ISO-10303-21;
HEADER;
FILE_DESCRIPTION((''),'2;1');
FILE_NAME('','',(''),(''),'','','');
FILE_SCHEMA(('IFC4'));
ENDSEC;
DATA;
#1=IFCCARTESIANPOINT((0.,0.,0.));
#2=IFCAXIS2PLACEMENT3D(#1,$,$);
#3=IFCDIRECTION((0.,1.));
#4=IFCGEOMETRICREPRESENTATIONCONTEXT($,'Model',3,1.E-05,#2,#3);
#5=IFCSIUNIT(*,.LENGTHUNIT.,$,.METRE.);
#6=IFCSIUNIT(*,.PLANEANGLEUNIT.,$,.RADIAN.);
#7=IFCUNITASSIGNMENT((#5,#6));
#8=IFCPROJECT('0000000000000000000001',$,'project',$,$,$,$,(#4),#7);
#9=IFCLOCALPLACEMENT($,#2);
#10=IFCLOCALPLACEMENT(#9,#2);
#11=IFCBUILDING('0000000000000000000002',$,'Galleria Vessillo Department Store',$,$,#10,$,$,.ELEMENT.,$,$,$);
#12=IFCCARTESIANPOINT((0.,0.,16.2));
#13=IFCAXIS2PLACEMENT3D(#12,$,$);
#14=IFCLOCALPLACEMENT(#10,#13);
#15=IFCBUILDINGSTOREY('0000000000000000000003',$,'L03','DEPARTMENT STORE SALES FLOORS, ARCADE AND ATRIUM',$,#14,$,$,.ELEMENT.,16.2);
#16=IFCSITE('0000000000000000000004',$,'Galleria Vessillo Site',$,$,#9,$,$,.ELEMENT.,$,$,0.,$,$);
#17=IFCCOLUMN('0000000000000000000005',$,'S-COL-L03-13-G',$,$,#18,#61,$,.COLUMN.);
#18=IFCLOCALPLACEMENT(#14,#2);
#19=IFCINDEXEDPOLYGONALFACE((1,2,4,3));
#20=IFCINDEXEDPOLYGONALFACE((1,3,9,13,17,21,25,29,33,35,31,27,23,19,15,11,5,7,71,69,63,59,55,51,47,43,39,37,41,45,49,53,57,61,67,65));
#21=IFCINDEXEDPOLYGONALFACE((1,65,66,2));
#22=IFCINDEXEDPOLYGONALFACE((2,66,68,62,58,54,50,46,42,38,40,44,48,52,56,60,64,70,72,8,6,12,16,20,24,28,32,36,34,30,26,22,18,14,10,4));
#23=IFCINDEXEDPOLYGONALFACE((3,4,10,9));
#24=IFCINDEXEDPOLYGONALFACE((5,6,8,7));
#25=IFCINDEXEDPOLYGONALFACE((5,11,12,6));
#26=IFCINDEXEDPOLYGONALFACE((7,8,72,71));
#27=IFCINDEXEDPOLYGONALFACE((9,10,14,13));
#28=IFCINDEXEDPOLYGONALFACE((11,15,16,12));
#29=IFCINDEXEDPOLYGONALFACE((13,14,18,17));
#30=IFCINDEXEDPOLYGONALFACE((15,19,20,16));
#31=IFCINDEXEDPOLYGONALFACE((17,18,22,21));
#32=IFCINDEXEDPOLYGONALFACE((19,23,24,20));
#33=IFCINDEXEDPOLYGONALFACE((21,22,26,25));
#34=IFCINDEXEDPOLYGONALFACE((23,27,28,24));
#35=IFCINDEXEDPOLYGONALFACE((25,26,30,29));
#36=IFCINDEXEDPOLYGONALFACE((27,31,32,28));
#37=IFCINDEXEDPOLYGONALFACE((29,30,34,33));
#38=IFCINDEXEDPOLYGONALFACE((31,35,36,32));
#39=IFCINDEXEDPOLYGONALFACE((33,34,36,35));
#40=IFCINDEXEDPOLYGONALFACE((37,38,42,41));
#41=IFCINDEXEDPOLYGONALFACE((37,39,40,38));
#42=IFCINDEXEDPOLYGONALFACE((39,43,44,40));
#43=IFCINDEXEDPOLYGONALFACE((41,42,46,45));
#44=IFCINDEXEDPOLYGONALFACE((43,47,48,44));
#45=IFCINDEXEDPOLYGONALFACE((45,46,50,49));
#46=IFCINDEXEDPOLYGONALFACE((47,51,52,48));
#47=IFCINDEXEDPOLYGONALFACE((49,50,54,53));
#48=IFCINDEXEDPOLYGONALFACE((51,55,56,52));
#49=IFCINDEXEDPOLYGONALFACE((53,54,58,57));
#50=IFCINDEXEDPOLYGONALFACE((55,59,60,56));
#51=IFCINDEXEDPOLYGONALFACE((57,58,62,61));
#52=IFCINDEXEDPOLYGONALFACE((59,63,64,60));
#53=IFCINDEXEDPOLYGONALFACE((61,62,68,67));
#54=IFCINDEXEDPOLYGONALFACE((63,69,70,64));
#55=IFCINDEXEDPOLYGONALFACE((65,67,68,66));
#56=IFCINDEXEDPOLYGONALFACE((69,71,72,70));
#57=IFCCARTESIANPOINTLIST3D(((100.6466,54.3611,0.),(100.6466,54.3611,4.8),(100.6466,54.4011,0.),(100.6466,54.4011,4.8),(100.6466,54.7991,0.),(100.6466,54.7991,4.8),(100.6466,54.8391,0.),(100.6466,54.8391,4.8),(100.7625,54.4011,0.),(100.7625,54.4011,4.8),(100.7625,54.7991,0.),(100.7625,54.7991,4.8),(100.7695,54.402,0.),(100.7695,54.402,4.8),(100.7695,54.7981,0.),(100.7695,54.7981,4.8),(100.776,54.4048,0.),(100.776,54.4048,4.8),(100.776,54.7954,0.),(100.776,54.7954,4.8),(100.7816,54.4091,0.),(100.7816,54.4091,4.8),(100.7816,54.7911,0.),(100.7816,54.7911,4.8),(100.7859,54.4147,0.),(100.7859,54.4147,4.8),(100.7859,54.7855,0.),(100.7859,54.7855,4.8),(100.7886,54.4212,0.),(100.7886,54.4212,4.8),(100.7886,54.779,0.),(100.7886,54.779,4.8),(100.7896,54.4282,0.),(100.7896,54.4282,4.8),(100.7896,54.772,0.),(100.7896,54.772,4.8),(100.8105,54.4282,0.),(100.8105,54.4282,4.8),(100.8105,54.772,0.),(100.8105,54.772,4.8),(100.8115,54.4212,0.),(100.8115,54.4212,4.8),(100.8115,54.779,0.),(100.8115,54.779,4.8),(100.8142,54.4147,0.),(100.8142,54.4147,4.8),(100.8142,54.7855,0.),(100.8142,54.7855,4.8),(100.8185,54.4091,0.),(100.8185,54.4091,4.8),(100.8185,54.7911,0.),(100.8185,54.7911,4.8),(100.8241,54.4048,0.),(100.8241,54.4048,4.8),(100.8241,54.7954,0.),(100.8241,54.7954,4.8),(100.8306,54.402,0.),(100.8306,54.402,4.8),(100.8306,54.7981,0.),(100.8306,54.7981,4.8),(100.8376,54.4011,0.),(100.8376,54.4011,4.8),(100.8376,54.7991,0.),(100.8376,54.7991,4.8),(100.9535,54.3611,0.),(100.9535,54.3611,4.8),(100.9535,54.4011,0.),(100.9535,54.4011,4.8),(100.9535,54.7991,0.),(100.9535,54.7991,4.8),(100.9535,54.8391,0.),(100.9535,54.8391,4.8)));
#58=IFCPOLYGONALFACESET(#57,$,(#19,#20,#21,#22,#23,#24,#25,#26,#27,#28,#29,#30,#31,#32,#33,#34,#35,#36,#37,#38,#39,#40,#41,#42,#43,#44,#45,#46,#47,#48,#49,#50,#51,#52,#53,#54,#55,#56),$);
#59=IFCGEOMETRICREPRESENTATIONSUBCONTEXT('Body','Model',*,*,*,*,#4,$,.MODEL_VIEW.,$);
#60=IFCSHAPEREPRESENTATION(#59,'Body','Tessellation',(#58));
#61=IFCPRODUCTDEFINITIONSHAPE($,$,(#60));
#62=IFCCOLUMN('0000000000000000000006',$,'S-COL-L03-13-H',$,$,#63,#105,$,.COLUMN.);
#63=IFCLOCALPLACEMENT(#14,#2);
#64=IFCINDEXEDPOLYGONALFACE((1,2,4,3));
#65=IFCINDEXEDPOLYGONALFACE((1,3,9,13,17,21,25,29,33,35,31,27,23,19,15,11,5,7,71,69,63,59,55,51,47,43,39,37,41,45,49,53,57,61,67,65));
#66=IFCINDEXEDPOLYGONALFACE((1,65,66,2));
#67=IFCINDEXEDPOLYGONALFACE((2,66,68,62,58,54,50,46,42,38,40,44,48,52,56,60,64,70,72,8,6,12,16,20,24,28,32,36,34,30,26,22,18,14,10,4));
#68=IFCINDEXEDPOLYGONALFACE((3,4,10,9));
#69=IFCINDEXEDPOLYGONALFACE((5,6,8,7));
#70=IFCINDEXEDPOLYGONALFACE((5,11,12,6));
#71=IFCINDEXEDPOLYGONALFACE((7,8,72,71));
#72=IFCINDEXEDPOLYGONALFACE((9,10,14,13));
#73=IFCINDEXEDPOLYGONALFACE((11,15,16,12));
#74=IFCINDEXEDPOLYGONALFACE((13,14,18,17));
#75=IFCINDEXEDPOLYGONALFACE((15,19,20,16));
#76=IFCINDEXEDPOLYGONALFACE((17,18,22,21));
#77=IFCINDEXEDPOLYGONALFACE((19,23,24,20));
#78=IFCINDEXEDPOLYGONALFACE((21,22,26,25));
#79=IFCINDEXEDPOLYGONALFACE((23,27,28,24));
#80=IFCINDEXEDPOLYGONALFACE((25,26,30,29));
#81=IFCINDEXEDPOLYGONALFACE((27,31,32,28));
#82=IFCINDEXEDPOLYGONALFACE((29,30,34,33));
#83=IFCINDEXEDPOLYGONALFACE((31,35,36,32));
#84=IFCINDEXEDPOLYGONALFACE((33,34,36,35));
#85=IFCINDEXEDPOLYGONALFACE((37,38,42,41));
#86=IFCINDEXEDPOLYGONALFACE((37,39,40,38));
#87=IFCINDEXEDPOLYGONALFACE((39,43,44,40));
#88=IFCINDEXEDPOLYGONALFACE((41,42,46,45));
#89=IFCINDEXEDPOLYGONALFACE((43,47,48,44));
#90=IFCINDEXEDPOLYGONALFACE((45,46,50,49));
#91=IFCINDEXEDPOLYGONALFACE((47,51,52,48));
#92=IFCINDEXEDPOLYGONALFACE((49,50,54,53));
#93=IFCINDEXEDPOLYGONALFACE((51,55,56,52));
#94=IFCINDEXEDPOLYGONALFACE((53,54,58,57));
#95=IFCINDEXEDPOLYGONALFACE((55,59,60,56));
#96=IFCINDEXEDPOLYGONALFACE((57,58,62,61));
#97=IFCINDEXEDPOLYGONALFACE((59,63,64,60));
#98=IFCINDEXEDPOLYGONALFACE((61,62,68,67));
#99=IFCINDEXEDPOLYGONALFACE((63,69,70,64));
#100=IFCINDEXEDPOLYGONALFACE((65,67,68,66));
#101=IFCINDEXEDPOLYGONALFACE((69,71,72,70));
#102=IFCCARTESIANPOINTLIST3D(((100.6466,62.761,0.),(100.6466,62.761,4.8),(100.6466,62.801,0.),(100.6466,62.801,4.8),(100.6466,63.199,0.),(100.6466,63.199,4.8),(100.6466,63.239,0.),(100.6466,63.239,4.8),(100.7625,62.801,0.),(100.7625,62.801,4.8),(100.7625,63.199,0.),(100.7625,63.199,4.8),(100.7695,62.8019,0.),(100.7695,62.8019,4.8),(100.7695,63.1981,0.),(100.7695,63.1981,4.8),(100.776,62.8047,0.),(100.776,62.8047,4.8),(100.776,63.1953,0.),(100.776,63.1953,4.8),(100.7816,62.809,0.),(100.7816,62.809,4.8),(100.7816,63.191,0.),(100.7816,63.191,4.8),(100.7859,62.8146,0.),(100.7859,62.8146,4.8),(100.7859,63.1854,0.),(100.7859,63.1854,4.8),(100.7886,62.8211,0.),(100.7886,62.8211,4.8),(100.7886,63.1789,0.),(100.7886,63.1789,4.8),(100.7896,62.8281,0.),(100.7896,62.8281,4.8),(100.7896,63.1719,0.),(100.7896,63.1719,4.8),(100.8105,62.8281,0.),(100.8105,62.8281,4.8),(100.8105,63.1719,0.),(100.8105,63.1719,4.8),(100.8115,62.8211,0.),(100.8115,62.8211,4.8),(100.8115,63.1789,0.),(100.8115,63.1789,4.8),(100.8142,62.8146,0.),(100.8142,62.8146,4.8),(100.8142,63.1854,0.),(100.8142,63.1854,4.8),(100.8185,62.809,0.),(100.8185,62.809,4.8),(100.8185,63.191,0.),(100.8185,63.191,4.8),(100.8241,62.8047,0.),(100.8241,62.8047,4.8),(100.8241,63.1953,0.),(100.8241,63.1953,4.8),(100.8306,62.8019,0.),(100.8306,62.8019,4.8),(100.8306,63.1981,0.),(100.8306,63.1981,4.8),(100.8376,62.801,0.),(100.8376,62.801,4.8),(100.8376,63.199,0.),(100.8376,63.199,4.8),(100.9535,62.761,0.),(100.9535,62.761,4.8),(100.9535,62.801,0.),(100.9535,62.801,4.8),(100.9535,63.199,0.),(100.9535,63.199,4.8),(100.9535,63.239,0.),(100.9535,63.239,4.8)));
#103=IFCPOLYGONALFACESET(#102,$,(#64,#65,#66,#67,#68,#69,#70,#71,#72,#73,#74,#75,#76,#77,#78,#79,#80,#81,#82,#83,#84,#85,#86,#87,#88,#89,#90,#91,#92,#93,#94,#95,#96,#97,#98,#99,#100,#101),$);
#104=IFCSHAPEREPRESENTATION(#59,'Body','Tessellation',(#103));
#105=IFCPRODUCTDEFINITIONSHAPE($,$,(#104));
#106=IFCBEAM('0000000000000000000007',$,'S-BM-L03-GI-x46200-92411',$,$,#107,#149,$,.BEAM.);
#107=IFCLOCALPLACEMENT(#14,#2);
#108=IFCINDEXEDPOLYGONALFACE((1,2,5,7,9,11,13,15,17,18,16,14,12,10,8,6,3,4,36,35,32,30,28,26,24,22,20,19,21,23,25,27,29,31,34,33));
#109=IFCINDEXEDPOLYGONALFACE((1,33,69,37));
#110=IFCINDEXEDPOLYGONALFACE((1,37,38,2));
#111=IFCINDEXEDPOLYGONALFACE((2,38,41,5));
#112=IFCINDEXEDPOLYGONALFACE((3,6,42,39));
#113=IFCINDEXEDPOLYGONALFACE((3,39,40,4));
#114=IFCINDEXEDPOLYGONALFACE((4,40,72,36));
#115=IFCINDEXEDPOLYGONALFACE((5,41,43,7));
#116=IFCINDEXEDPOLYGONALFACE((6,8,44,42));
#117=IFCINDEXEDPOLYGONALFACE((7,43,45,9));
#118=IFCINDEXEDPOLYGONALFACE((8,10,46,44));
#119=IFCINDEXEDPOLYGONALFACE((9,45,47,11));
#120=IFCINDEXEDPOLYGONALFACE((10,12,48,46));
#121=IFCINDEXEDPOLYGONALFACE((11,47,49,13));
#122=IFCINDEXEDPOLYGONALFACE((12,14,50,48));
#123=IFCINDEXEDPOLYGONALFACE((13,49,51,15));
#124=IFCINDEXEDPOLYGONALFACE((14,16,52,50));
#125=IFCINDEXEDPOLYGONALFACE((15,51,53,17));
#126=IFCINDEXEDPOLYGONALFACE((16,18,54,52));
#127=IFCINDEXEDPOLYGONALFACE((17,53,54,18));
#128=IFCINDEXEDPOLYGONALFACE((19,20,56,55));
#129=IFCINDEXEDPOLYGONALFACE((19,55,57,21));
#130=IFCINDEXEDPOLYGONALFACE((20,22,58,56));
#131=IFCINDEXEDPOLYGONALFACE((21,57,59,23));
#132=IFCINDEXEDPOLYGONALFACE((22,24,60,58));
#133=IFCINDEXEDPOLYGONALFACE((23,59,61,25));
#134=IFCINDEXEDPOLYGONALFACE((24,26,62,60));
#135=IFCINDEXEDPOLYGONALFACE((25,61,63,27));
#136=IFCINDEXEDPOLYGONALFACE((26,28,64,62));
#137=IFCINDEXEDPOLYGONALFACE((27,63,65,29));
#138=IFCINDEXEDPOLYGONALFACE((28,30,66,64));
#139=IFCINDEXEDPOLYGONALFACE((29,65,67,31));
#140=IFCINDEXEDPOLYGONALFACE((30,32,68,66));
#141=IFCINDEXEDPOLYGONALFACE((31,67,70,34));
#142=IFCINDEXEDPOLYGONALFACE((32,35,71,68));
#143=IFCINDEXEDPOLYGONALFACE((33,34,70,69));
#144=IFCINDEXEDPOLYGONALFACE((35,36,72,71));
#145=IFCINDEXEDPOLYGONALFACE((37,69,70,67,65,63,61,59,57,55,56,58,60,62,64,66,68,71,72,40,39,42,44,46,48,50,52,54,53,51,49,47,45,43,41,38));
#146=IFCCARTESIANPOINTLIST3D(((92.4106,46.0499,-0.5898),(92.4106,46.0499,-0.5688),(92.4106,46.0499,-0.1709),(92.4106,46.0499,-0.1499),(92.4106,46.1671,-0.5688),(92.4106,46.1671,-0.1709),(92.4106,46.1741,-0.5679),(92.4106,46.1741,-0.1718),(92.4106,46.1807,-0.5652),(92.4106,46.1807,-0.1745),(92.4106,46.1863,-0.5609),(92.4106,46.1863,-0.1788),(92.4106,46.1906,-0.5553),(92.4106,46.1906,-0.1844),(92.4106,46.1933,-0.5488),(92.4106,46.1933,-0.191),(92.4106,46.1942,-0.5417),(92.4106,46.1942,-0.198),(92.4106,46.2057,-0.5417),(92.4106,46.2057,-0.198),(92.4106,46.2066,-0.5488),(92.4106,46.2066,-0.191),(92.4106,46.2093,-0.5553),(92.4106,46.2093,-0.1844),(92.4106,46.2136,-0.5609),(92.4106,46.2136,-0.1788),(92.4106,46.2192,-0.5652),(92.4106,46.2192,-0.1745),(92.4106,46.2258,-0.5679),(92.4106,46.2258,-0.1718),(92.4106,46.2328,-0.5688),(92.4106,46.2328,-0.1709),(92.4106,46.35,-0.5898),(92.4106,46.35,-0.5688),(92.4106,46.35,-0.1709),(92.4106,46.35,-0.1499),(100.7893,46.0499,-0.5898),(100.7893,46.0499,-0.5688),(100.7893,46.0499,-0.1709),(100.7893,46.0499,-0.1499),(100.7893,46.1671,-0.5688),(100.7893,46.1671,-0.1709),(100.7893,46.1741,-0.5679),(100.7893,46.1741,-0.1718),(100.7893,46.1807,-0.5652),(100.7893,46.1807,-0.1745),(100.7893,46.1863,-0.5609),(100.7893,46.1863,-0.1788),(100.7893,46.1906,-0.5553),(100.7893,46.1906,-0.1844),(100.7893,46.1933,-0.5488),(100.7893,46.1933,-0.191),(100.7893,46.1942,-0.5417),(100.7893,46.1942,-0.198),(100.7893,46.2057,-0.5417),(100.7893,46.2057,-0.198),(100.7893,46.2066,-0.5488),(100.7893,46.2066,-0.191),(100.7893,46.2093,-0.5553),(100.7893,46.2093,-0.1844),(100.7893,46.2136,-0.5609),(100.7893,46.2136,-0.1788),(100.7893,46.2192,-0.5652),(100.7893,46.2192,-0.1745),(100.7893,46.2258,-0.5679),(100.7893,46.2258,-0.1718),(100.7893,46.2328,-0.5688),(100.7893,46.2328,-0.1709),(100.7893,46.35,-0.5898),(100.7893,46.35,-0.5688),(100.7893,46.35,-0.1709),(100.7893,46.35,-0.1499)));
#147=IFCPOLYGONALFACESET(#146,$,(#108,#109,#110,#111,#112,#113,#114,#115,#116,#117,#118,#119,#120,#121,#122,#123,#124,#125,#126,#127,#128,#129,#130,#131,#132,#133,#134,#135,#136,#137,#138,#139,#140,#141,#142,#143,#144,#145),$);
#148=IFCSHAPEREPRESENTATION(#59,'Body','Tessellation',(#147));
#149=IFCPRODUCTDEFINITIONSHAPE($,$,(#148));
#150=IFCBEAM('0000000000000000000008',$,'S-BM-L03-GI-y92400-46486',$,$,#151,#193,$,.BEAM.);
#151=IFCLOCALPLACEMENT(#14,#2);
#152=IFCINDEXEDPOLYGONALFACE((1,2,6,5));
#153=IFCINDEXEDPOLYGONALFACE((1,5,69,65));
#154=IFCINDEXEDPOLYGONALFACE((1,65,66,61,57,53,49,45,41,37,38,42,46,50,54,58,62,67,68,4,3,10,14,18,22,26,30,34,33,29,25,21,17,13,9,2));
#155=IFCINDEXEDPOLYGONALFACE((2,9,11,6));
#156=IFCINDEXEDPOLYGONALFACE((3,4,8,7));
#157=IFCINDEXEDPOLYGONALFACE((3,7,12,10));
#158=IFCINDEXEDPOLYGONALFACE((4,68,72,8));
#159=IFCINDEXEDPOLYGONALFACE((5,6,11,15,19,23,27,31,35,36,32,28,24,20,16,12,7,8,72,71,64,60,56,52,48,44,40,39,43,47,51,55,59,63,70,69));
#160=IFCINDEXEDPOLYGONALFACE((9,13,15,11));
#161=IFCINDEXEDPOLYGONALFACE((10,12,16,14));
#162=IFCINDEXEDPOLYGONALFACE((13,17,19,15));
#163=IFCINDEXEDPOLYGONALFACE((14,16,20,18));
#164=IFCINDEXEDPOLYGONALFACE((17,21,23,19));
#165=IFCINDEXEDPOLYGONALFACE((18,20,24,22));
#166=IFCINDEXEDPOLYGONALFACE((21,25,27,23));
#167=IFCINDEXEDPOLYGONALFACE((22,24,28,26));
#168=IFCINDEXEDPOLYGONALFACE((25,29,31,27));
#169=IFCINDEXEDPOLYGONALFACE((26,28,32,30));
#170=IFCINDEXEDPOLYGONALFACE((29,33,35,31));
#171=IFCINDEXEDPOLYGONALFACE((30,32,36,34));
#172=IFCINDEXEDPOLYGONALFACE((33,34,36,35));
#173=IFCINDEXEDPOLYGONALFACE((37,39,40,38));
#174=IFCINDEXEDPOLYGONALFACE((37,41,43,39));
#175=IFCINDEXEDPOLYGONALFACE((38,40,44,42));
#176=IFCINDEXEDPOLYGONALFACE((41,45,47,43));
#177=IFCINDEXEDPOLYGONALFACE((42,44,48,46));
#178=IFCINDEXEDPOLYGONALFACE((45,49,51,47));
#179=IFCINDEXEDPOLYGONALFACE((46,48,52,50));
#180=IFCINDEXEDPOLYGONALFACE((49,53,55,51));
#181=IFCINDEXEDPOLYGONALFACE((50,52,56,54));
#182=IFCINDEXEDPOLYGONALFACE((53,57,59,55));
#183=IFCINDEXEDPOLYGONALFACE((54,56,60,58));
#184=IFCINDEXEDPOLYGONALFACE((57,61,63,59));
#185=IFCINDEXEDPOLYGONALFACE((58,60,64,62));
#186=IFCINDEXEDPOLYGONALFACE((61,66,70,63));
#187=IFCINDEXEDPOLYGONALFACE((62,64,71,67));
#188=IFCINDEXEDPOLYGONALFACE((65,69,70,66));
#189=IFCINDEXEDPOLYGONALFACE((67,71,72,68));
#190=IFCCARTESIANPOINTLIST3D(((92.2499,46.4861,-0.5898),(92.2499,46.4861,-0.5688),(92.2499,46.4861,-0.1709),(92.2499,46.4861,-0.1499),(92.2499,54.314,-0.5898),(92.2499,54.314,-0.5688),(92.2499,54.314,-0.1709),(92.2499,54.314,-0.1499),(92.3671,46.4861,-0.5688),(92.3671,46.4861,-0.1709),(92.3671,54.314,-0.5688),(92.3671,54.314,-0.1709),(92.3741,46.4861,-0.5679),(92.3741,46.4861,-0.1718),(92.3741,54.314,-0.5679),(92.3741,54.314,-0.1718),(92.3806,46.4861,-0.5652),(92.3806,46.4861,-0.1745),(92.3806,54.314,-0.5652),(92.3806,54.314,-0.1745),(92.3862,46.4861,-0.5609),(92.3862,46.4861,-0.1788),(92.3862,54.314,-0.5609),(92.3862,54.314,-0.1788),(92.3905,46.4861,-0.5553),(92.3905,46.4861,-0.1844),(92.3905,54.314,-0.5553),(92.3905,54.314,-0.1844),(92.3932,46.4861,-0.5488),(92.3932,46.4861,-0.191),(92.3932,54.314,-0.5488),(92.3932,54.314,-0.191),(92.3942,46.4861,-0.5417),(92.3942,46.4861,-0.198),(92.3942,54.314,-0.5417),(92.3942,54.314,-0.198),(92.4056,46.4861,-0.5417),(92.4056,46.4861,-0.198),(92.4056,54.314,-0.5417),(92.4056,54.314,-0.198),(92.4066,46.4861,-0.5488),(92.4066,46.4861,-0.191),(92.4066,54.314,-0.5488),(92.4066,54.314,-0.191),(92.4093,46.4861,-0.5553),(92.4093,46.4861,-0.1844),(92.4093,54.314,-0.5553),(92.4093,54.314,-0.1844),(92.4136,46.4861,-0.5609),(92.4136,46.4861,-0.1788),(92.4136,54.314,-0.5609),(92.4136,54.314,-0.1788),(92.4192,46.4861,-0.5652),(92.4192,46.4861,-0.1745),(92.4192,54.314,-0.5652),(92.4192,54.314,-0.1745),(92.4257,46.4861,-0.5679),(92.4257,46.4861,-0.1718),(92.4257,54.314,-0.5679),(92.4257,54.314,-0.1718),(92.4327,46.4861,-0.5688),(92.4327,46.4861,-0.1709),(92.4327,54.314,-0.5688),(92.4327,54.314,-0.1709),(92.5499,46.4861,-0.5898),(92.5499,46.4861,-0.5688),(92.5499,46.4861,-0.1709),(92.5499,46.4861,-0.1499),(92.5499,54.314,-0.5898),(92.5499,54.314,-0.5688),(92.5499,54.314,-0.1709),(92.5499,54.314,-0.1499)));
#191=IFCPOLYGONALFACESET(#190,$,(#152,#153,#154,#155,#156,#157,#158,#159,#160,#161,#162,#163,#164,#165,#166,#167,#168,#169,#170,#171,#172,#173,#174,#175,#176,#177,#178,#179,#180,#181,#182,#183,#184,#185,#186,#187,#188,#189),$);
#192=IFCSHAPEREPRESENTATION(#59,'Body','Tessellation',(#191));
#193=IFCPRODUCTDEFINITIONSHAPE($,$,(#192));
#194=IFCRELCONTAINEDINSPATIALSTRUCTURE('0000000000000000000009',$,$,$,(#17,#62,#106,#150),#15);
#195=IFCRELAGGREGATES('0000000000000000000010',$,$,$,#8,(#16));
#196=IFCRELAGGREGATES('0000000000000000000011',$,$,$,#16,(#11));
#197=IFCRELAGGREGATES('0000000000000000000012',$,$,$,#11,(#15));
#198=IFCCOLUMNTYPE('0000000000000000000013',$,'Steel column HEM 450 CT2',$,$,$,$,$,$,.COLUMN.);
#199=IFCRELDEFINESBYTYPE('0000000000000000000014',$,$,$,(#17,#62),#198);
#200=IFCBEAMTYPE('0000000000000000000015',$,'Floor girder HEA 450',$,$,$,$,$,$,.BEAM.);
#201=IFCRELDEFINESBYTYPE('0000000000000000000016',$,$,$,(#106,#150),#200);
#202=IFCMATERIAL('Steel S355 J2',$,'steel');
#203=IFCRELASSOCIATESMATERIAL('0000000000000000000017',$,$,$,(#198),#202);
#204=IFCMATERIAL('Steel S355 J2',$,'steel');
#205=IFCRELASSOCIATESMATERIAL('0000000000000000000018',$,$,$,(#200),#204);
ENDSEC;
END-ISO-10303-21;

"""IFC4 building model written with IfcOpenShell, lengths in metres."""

from ifc_helpers import new_model, si_unit, direction, frame, origin, origin_2d, place, context, subcontext, project, spatial, i_section, extrude, material, material_profile, profile_set, type_object, element, save


model = new_model("IFC4")

# Units and contexts
model_context = context("Model", 3, precision=1e-05, world=origin(), true_north=direction((0.0, 1.0)))
body_context = subcontext(model_context, "Body", "Model", "MODEL_VIEW")
ifc_project = project(units=[si_unit("LENGTHUNIT", "METRE"), si_unit("PLANEANGLEUNIT", "RADIAN")], contexts=[model_context])

# Site, building, storey
site_placement = place(None, origin())
site = spatial("IfcSite", under=ifc_project, at=site_placement, Name="Galleria Vessillo Site", CompositionType="ELEMENT", RefElevation=0.0)
building_placement = place(site_placement, origin())
building = spatial("IfcBuilding", under=site, at=building_placement, Name="Galleria Vessillo Department Store", CompositionType="ELEMENT")
storey_placement = place(building_placement, frame((0.0, 0.0, 16.2)))
storey = spatial("IfcBuildingStorey", under=building, at=storey_placement, Name="L03", Description="DEPARTMENT STORE SALES FLOORS, ARCADE AND ATRIUM", CompositionType="ELEMENT", Elevation=16.2)

# Columns
ifc_material_1 = material(Name="Steel S355 J2", Category="steel")
ifc_material_profile_1 = material_profile(ifc_material_1, i_section(OverallWidth=0.3069, OverallDepth=0.478, WebThickness=0.021, FlangeThickness=0.04, FilletRadius=0.0271, at=origin_2d()), Name="HEM 450")
ifc_profile_set_1 = profile_set([ifc_material_profile_1], Name="Steel S355 J2")
column_type = type_object("IfcColumnType", Name="Steel column HEM 450 CT2", PredefinedType="COLUMN", material=ifc_profile_set_1)
for number, where, z_axis, x_axis, name in (
    (1, (100.8, 54.6001, 0.0), (0.0, 0.0, 1.0), (1.0, 0.0, 0.0), "S-COL-L03-13-G"),
    (2, (100.8, 63.0, 0.0), (0.0, 0.0, 1.0), (1.0, 0.0, 0.0), "S-COL-L03-13-H"),
):
    element("IfcColumn", number, at=place(storey_placement, frame(where, z_axis=z_axis, x_axis=x_axis)), inside=storey, type_object=column_type, Name=name, PredefinedType="COLUMN", context=body_context, shape_type="SweptSolid", body=[
        extrude(i_section(OverallWidth=0.3069, OverallDepth=0.478, WebThickness=0.021, FlangeThickness=0.04, FilletRadius=0.0271, at=origin_2d()), origin(), (0.0, 0.0, 1.0), 4.8),
    ])

# Beams
ifc_material_2 = material(Name="Steel S355 J2", Category="steel")
ifc_material_profile_2 = material_profile(ifc_material_2, i_section(OverallWidth=0.3, OverallDepth=0.4399, WebThickness=0.0115, FlangeThickness=0.021, FilletRadius=0.0271, at=origin_2d()), Name="HEA 450")
ifc_profile_set_2 = profile_set([ifc_material_profile_2], Name="Steel S355 J2")
beam_type_1 = type_object("IfcBeamType", Name="Floor girder HEA 450", PredefinedType="BEAM", material=ifc_profile_set_2)
beam_1_placement = place(storey_placement, frame((92.4106, 46.2, -0.3699), z_axis=(1.0, 0.0, 0.0), x_axis=(0.0, 1.0, 0.0)))
element("IfcBeam", 3, at=beam_1_placement, inside=storey, type_object=beam_type_1, Name="S-BM-L03-GI-x46200-92411", PredefinedType="BEAM", context=body_context, shape_type="SweptSolid", body=[
    extrude(i_section(OverallWidth=0.3, OverallDepth=0.4399, WebThickness=0.0115, FlangeThickness=0.021, FilletRadius=0.0271, at=origin_2d()), origin(), (0.0, 0.0, 1.0), 8.3787),
])
beam_2_placement = place(storey_placement, frame((92.3999, 46.4861, -0.3699), z_axis=(0.0, 1.0, 0.0), x_axis=(-1.0, 0.0, 0.0)))
element("IfcBeam", 4, at=beam_2_placement, inside=storey, type_object=beam_type_1, Name="S-BM-L03-GI-y92400-46486", PredefinedType="BEAM", context=body_context, shape_type="SweptSolid", body=[
    extrude(i_section(OverallWidth=0.3, OverallDepth=0.4399, WebThickness=0.0115, FlangeThickness=0.021, FilletRadius=0.0271, at=origin_2d()), origin(), (0.0, 0.0, 1.0), 7.8279),
])

save(model, "model.ifc")
